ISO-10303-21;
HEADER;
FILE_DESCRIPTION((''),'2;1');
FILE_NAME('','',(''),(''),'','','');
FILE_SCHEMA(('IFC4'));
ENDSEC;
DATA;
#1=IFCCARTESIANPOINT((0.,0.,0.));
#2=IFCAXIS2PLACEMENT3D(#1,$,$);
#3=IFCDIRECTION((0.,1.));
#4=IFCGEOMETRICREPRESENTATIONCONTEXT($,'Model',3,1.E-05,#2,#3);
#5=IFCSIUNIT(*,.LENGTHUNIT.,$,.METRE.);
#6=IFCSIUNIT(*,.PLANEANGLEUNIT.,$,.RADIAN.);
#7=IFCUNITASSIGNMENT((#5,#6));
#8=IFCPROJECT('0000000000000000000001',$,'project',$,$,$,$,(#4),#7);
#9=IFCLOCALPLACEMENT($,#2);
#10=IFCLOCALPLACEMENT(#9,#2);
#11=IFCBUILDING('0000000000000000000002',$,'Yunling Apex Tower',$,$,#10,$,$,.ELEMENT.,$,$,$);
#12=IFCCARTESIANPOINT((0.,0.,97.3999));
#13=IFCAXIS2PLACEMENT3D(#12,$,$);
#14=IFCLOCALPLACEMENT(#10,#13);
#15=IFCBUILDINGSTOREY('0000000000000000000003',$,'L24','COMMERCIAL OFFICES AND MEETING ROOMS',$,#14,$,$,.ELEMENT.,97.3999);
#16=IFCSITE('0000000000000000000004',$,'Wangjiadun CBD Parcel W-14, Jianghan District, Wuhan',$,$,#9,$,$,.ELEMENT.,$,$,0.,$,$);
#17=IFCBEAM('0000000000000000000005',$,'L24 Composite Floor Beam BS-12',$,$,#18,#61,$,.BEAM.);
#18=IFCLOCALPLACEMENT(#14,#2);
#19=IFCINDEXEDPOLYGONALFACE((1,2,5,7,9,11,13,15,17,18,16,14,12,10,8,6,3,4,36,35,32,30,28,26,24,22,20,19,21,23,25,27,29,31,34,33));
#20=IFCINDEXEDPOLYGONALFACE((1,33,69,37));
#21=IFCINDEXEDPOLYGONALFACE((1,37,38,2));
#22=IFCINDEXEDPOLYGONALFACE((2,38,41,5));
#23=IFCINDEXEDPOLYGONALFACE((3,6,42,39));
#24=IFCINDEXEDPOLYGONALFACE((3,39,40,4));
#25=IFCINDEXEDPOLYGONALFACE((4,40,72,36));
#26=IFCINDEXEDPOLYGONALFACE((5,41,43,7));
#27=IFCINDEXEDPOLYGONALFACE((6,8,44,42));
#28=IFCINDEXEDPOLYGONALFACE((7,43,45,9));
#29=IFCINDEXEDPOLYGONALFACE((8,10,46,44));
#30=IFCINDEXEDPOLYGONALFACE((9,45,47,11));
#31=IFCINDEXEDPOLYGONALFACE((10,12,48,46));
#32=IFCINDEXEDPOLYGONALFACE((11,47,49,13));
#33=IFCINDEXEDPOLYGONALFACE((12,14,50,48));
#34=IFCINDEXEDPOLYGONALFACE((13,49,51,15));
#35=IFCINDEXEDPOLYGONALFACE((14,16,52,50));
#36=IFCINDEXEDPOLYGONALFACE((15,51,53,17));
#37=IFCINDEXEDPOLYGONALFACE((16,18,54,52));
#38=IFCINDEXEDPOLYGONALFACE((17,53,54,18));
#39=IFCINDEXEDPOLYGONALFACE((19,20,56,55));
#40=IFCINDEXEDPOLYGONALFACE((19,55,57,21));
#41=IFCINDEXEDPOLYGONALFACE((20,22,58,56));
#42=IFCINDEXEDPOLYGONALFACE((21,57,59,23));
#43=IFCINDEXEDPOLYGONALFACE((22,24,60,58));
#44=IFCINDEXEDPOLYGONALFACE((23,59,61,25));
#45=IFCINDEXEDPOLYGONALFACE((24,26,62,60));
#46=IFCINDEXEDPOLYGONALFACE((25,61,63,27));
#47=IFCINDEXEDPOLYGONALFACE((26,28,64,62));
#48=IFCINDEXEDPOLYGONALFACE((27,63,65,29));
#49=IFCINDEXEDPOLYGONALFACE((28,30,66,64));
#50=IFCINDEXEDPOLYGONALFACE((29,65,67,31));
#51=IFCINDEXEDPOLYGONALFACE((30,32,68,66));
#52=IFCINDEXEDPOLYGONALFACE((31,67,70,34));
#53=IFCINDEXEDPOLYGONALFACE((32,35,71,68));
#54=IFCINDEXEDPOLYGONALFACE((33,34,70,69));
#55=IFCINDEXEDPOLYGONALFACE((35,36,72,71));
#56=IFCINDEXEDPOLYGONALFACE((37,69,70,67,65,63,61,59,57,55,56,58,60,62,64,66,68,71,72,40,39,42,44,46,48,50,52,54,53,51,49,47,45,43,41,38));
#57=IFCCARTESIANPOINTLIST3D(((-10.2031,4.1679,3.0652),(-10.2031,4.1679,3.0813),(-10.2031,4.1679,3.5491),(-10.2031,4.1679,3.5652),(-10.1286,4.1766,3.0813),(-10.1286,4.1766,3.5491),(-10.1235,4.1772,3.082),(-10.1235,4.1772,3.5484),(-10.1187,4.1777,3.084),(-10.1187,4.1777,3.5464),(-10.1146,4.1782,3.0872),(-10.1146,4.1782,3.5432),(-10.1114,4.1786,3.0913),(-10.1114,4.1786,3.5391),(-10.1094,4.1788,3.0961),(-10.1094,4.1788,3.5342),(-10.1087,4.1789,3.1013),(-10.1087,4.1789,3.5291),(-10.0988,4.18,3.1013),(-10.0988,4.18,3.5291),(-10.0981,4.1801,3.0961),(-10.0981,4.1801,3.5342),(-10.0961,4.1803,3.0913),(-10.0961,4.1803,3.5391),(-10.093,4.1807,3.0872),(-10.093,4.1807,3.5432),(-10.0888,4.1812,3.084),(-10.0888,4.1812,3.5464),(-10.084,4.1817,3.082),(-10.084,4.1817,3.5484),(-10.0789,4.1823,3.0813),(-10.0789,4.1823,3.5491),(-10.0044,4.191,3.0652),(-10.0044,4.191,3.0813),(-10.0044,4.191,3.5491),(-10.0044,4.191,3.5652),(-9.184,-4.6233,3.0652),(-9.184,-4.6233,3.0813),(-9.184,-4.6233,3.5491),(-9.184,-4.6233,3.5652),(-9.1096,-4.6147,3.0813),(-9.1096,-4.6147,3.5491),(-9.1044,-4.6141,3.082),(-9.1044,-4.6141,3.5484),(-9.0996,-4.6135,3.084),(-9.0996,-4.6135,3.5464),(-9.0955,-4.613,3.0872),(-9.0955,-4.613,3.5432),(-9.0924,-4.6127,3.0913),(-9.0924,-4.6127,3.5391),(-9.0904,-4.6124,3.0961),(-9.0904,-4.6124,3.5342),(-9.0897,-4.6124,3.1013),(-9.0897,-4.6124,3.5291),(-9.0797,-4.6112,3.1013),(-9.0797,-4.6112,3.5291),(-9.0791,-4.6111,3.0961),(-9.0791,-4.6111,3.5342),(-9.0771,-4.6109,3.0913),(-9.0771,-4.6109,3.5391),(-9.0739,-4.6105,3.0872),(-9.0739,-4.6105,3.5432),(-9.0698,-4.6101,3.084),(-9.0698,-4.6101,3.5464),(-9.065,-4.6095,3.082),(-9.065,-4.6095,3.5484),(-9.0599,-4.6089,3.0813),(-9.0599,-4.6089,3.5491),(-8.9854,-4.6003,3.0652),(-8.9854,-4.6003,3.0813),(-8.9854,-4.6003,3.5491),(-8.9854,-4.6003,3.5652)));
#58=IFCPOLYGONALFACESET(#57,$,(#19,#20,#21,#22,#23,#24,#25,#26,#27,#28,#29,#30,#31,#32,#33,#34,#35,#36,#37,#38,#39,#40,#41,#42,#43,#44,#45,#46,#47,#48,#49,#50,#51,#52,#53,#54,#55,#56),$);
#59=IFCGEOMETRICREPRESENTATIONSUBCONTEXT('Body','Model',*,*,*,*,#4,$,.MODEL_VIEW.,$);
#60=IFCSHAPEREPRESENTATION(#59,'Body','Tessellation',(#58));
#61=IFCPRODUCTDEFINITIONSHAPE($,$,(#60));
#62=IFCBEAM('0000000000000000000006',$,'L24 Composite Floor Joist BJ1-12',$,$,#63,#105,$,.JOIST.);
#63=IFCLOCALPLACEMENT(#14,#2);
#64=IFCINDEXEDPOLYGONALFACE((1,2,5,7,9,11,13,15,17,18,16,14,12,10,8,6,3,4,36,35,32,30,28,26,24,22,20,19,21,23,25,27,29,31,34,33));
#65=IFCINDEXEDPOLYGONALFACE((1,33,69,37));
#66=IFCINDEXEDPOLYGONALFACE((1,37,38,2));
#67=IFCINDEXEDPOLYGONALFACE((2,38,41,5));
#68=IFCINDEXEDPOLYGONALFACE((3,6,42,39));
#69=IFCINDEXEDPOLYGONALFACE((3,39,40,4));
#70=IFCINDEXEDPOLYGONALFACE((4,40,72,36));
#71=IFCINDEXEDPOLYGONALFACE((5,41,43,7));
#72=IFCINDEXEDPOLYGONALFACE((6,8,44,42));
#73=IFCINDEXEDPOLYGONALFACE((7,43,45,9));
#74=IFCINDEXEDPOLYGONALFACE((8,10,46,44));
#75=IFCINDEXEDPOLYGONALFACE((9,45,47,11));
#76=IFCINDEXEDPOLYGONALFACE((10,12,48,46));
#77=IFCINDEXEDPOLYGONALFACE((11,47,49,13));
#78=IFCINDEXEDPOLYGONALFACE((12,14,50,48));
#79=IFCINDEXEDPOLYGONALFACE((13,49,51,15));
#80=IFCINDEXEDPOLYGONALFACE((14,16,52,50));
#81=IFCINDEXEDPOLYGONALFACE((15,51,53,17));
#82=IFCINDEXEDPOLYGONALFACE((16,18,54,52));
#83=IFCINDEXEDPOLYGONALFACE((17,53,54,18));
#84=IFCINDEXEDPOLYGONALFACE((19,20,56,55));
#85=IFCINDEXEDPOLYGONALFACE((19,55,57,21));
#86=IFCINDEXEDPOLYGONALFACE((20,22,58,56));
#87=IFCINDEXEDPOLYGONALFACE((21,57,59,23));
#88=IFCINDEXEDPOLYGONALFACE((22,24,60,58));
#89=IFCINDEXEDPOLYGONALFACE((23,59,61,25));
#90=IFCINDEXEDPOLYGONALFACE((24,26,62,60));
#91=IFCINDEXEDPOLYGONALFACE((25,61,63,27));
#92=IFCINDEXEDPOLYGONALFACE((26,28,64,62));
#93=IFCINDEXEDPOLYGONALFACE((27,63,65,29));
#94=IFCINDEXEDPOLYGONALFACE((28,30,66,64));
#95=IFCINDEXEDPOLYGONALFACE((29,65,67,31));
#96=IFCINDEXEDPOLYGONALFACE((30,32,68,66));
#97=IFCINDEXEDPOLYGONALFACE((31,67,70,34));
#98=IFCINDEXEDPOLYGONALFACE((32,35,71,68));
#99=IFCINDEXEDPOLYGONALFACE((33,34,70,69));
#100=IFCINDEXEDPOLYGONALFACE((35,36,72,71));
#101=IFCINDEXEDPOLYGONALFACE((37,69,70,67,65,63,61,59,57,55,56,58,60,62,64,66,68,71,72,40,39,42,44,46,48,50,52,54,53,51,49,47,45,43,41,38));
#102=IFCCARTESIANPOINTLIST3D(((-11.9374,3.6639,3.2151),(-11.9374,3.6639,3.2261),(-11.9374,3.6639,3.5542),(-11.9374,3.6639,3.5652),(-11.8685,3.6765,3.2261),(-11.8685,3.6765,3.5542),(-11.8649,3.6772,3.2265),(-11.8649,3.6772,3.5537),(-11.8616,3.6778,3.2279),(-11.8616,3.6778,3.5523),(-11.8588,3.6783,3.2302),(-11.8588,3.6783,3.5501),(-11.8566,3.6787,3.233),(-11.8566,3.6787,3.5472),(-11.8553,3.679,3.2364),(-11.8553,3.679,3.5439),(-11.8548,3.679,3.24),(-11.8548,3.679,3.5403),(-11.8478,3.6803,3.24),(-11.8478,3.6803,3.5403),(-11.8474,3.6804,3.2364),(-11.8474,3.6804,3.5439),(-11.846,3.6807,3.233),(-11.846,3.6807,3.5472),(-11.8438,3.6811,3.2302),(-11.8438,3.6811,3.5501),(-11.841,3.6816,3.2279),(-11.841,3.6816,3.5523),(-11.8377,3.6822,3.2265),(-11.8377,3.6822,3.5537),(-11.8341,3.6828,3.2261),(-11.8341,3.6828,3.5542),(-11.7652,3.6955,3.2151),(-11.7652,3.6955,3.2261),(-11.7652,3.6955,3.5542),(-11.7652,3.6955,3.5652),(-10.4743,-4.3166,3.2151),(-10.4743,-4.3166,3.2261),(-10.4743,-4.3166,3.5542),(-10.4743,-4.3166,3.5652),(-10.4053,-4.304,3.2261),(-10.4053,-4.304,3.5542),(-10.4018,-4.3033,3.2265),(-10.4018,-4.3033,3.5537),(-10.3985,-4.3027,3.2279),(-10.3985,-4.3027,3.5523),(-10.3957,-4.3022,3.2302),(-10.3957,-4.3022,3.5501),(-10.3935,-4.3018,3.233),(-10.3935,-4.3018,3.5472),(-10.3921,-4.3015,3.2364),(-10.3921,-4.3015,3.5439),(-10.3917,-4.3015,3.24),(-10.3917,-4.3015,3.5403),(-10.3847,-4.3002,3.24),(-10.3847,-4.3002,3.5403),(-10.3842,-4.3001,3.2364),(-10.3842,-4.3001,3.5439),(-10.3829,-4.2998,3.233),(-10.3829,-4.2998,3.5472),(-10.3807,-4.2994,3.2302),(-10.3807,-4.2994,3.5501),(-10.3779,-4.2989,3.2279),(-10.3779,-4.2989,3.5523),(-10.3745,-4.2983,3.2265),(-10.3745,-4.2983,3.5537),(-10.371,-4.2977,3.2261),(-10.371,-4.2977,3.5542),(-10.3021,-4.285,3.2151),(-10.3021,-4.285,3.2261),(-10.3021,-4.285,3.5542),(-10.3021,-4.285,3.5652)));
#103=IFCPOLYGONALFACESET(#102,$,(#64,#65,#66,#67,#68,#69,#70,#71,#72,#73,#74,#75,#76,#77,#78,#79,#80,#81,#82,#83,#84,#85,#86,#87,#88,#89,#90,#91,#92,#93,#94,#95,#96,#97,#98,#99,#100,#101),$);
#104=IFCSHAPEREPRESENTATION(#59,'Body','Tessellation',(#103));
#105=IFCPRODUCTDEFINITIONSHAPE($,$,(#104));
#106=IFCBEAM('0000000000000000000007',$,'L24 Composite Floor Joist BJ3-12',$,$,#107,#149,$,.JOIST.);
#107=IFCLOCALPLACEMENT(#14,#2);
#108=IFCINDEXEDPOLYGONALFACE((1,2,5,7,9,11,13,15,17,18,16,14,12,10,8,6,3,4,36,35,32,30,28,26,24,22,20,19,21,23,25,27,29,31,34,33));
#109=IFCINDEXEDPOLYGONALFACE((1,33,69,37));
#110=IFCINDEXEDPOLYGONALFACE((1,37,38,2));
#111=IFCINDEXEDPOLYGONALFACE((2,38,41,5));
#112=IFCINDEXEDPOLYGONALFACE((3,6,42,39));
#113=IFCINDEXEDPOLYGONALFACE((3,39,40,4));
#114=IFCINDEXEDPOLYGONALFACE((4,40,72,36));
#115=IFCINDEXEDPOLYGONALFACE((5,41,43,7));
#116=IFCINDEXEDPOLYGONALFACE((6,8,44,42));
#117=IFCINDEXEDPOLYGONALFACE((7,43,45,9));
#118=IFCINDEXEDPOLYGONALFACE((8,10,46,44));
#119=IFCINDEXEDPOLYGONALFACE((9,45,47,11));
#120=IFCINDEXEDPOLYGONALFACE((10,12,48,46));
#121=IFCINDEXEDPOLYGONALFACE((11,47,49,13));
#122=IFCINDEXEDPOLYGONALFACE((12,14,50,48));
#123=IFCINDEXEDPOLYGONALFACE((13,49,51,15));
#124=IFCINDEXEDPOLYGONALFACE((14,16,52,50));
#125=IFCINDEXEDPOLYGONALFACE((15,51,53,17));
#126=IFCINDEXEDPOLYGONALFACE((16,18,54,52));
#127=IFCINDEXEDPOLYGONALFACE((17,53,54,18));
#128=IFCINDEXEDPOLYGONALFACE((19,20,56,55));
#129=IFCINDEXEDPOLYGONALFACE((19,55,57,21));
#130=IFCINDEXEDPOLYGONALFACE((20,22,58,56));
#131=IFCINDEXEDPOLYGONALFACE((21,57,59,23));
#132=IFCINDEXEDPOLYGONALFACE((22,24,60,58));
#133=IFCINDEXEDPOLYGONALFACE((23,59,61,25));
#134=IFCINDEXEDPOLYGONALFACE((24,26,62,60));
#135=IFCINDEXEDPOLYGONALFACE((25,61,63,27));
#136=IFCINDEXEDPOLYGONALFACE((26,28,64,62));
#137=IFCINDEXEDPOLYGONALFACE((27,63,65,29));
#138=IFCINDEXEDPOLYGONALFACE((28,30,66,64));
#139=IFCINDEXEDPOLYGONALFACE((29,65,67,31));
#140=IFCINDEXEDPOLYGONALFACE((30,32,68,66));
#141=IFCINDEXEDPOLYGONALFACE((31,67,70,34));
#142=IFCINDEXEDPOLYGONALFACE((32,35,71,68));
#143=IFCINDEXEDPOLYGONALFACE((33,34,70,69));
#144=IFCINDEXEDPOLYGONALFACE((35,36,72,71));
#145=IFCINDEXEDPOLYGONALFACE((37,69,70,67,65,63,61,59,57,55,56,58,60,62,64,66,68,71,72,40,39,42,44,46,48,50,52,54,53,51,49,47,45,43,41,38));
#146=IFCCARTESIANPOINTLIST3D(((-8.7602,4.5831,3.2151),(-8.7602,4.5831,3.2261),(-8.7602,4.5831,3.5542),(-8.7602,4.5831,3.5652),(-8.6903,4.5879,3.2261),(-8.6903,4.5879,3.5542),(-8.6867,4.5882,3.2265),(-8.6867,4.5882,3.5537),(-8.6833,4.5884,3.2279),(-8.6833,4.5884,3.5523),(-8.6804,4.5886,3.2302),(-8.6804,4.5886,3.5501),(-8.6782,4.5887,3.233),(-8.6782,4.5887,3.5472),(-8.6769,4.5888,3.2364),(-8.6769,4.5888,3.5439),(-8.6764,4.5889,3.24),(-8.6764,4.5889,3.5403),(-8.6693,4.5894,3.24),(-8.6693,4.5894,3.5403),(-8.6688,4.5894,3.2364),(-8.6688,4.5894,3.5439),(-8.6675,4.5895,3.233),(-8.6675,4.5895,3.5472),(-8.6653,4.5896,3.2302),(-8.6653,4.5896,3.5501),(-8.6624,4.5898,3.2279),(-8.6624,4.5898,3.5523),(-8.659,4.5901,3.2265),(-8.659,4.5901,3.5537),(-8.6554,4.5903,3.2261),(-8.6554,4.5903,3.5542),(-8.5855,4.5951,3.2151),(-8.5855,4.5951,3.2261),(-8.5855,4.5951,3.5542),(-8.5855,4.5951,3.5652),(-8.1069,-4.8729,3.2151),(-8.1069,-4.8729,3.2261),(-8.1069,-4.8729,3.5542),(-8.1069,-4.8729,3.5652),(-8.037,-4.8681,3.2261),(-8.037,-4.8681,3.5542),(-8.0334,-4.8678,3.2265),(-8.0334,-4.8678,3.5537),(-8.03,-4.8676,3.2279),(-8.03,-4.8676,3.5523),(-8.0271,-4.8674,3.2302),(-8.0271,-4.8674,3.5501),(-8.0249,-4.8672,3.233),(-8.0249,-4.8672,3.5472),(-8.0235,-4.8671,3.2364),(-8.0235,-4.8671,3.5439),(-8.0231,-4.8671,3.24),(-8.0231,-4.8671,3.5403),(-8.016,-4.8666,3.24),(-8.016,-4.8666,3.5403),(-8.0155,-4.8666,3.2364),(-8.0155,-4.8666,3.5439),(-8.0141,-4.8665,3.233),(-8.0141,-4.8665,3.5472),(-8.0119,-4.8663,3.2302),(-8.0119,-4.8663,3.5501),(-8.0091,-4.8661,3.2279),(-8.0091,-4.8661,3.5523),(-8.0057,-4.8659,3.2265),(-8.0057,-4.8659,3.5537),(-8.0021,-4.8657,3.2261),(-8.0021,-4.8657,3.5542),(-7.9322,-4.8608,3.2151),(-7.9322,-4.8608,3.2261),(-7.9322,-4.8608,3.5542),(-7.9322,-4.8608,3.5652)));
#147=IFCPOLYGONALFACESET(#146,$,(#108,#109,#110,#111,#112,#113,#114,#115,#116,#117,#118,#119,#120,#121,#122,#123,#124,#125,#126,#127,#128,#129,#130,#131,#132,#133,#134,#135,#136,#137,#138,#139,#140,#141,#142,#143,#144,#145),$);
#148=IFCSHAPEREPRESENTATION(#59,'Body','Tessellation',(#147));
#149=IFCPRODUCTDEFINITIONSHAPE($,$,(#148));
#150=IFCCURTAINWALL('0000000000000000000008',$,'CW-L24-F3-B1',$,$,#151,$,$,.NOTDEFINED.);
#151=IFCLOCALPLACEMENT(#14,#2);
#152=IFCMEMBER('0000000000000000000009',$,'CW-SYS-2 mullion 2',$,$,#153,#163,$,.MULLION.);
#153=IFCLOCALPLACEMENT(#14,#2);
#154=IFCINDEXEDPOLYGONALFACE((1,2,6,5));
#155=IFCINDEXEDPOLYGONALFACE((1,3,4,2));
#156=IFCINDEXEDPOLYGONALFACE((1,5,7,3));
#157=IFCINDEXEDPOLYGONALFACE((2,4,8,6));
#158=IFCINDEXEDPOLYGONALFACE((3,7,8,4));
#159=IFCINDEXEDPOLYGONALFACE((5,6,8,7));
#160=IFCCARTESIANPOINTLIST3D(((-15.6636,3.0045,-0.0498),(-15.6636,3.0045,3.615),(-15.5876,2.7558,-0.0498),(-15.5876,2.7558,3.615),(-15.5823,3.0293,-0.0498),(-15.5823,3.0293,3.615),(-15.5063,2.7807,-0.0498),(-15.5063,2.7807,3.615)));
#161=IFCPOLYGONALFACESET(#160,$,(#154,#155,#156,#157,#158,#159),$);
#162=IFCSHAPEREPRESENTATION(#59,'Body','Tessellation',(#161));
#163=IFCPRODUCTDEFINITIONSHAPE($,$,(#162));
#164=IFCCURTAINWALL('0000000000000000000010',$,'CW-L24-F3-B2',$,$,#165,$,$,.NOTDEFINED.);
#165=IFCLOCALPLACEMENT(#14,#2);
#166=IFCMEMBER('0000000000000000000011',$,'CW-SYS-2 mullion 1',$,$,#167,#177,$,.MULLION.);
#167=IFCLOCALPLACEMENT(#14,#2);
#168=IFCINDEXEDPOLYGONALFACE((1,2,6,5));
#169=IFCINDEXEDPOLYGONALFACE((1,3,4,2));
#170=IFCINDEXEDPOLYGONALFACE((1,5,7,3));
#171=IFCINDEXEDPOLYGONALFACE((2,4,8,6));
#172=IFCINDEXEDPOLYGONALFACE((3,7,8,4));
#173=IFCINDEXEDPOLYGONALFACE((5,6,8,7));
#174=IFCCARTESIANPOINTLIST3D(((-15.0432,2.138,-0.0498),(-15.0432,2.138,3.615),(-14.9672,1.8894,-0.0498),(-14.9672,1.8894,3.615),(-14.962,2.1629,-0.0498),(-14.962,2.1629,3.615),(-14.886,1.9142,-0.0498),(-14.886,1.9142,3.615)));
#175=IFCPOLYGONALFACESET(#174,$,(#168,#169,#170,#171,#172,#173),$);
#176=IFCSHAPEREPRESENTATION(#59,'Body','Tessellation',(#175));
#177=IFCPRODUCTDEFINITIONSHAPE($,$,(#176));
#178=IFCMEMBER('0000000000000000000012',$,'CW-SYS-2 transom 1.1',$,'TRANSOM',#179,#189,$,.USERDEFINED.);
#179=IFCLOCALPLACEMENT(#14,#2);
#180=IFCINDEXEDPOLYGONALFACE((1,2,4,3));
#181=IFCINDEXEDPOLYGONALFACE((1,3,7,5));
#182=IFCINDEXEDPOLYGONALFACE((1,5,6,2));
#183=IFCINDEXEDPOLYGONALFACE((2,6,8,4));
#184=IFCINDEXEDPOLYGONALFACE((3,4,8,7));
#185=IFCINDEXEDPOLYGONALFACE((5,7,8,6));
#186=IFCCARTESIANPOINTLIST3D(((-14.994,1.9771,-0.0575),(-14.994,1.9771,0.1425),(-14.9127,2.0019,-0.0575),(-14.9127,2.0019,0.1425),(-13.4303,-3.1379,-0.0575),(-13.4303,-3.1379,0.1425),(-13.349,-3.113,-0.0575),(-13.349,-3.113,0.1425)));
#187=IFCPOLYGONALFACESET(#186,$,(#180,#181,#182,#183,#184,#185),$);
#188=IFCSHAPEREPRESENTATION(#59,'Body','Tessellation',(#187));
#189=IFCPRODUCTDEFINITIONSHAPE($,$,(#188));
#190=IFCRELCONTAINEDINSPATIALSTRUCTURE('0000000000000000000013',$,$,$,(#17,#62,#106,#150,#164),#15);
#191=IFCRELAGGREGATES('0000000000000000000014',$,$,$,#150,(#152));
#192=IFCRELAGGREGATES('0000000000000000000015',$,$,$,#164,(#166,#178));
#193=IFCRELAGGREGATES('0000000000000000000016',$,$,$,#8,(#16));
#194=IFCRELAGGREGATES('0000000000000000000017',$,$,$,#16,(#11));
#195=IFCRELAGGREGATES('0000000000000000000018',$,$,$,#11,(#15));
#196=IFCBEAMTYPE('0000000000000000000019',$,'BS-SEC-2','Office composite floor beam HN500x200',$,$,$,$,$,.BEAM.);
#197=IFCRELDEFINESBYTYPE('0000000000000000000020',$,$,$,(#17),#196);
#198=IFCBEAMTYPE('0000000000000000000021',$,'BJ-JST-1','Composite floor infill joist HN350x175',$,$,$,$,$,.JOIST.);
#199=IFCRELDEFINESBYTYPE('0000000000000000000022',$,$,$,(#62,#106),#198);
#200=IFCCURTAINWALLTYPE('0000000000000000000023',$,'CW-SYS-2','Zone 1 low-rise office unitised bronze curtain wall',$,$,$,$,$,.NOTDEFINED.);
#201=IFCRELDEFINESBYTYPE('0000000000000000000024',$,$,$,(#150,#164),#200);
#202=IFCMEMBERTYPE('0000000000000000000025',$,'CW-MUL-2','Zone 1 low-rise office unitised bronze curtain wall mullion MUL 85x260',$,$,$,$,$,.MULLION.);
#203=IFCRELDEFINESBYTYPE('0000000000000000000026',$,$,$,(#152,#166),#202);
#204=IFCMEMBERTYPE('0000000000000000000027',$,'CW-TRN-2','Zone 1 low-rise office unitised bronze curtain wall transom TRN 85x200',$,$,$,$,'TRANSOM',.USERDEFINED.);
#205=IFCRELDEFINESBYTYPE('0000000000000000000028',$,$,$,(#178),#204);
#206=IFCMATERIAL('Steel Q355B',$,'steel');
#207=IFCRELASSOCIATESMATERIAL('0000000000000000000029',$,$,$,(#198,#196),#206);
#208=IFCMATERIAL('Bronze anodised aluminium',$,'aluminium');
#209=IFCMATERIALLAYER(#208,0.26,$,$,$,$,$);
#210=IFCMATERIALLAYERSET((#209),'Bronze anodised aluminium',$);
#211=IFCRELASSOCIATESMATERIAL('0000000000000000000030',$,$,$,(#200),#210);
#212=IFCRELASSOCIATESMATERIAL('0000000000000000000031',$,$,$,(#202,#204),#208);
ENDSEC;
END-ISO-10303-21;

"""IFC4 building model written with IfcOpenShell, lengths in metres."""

from ifc_helpers import new_model, si_unit, direction, frame, origin, origin_2d, place, context, subcontext, project, spatial, rectangle, i_section, extrude, source, transform, mapped, material, layer, layer_set, material_profile, profile_set, type_object, element, aggregate, save


model = new_model("IFC4")

# Units and contexts
model_context = context("Model", 3, precision=1e-05, world=origin(), true_north=direction((0.0, 1.0)))
body_context = subcontext(model_context, "Body", "Model", "MODEL_VIEW")
ifc_project = project(units=[si_unit("LENGTHUNIT", "METRE"), si_unit("PLANEANGLEUNIT", "RADIAN")], contexts=[model_context])

# Site, building, storey
site_placement = place(None, origin())
site = spatial("IfcSite", under=ifc_project, at=site_placement, Name="Wangjiadun CBD Parcel W-14, Jianghan District, Wuhan", CompositionType="ELEMENT", RefElevation=0.0)
building_placement = place(site_placement, origin())
building = spatial("IfcBuilding", under=site, at=building_placement, Name="Yunling Apex Tower", CompositionType="ELEMENT")
storey_placement = place(building_placement, frame((0.0, 0.0, 97.3999)))
storey = spatial("IfcBuildingStorey", under=building, at=storey_placement, Name="L24", Description="COMMERCIAL OFFICES AND MEETING ROOMS", CompositionType="ELEMENT", Elevation=97.3999)

# Beams
ifc_material_1 = material(Name="Steel Q355B", Category="steel")
ifc_material_profile_1 = material_profile(ifc_material_1, i_section(OverallWidth=0.175, OverallDepth=0.3501, WebThickness=0.0071, FlangeThickness=0.011, FilletRadius=0.0139, at=origin_2d()))
ifc_profile_set_1 = profile_set([ifc_material_profile_1], Name="Steel Q355B")
beam_type_1 = type_object("IfcBeamType", Name="BJ-JST-1", Description="Composite floor infill joist HN350x175", PredefinedType="JOIST", material=ifc_profile_set_1)
ifc_material_profile_2 = material_profile(ifc_material_1, i_section(OverallWidth=0.2, OverallDepth=0.5, WebThickness=0.01, FlangeThickness=0.0161, FilletRadius=0.02, at=origin_2d()))
ifc_profile_set_2 = profile_set([ifc_material_profile_2], Name="Steel Q355B")
beam_type_2 = type_object("IfcBeamType", Name="BS-SEC-2", Description="Office composite floor beam HN500x200", PredefinedType="BEAM", material=ifc_profile_set_2)
shared_shape_1 = source(origin(), body_context, "Body", "SweptSolid", [
    extrude(i_section(OverallWidth=0.2, OverallDepth=0.5, WebThickness=0.01, FlangeThickness=0.0161, FilletRadius=0.02, at=origin_2d()), origin(), (0.0, 0.0, 1.0), 8.8501),
])
beam_1_placement = place(storey_placement, frame((-10.1038, 4.1794, 3.3152), z_axis=(0.115144, -0.993349, 0.0), x_axis=(0.993349, 0.115144, 0.0)))
element("IfcBeam", 1, at=beam_1_placement, inside=storey, type_object=beam_type_2, Name="L24 Composite Floor Beam BS-12", PredefinedType="BEAM", context=body_context, shape_type="MappedRepresentation", body=[
    mapped(shared_shape_1, transform((0.0, 0.0, 0.0), scale=1.0)),
])
shared_shape_2 = source(origin(), body_context, "Body", "SweptSolid", [
    extrude(i_section(OverallWidth=0.175, OverallDepth=0.3501, WebThickness=0.0071, FlangeThickness=0.011, FilletRadius=0.0139, at=origin_2d()), origin(), (0.0, 0.0, 1.0), 8.1135),
])
beam_2_placement = place(storey_placement, frame((-11.8513, 3.6797, 3.3901), z_axis=(0.180334, -0.983605, 0.0), x_axis=(0.983605, 0.180334, 0.0)))
element("IfcBeam", 2, at=beam_2_placement, inside=storey, type_object=beam_type_1, Name="L24 Composite Floor Joist BJ1-12", PredefinedType="JOIST", context=body_context, shape_type="MappedRepresentation", body=[
    mapped(shared_shape_2, transform((0.0, 0.0, 0.0), scale=1.0)),
])
shared_shape_3 = source(origin(), body_context, "Body", "SweptSolid", [
    extrude(i_section(OverallWidth=0.175, OverallDepth=0.3501, WebThickness=0.0071, FlangeThickness=0.011, FilletRadius=0.0139, at=origin_2d()), origin(), (0.0, 0.0, 1.0), 9.4785),
])
beam_3_placement = place(storey_placement, frame((-8.6729, 4.5891, 3.3901), z_axis=(0.068926, -0.997622, 0.0), x_axis=(0.997622, 0.068926, 0.0)))
element("IfcBeam", 3, at=beam_3_placement, inside=storey, type_object=beam_type_1, Name="L24 Composite Floor Joist BJ3-12", PredefinedType="JOIST", context=body_context, shape_type="MappedRepresentation", body=[
    mapped(shared_shape_3, transform((0.0, 0.0, 0.0), scale=1.0)),
])

# Curtain wall, member
ifc_material_2 = material(Name="Bronze anodised aluminium", Category="aluminium")
ifc_layer_1 = layer(ifc_material_2, 0.26)
ifc_layer_set_1 = layer_set([ifc_layer_1], Name="Bronze anodised aluminium")
curtain_wall_type = type_object("IfcCurtainWallType", Name="CW-SYS-2", Description="Zone 1 low-rise office unitised bronze curtain wall", PredefinedType="NOTDEFINED", material=ifc_layer_set_1)
curtain_wall_1_placement = place(storey_placement, origin())
curtain_wall_1 = element("IfcCurtainWall", 4, at=curtain_wall_1_placement, inside=storey, type_object=curtain_wall_type, Name="CW-L24-F3-B1", PredefinedType="NOTDEFINED")
ifc_material_profile_3 = material_profile(ifc_material_2, rectangle(XDim=0.085, YDim=0.26, at=origin_2d()))
ifc_profile_set_3 = profile_set([ifc_material_profile_3], Name="Bronze anodised aluminium")
member_type_1 = type_object("IfcMemberType", Name="CW-MUL-2", Description="Zone 1 low-rise office unitised bronze curtain wall mullion MUL 85x260", PredefinedType="MULLION", material=ifc_profile_set_3)
shared_shape_4 = source(origin(), body_context, "Body", "SweptSolid", [
    extrude(rectangle(XDim=0.085, YDim=0.26, at=origin_2d()), origin(), (0.0, 0.0, 1.0), 3.6648),
])
member_1_placement = place(storey_placement, frame((-15.585, 2.8926, -0.0498), z_axis=(0.0, 0.0, 1.0), x_axis=(0.956304, 0.292373, 0.0)))
member_1 = element("IfcMember", 5, at=member_1_placement, type_object=member_type_1, Name="CW-SYS-2 mullion 2", PredefinedType="MULLION", context=body_context, shape_type="MappedRepresentation", body=[
    mapped(shared_shape_4, transform((0.0, 0.0, 0.0), scale=1.0)),
])

# Curtain wall, members
curtain_wall_2_placement = place(storey_placement, origin())
curtain_wall_2 = element("IfcCurtainWall", 6, at=curtain_wall_2_placement, inside=storey, type_object=curtain_wall_type, Name="CW-L24-F3-B2", PredefinedType="NOTDEFINED")
member_2_placement = place(storey_placement, frame((-14.9646, 2.0261, -0.0498), z_axis=(0.0, 0.0, 1.0), x_axis=(0.956307, 0.292364, 0.0)))
member_2 = element("IfcMember", 7, at=member_2_placement, type_object=member_type_1, Name="CW-SYS-2 mullion 1", PredefinedType="MULLION", context=body_context, shape_type="MappedRepresentation", body=[
    mapped(shared_shape_4, transform((0.0, 0.0, 0.0), scale=1.0)),
])
ifc_material_profile_4 = material_profile(ifc_material_2, rectangle(XDim=0.085, YDim=0.2, at=origin_2d()))
ifc_profile_set_4 = profile_set([ifc_material_profile_4], Name="Bronze anodised aluminium")
member_type_2 = type_object("IfcMemberType", Name="CW-TRN-2", Description="Zone 1 low-rise office unitised bronze curtain wall transom TRN 85x200", ElementType="TRANSOM", PredefinedType="USERDEFINED", material=ifc_profile_set_4)
shared_shape_5 = source(origin(), body_context, "Body", "SweptSolid", [
    extrude(rectangle(XDim=0.085, YDim=0.2, at=origin_2d()), origin(), (0.0, 0.0, 1.0), 5.3486),
])
member_3_placement = place(storey_placement, frame((-14.9534, 1.9895, 0.0425), z_axis=(0.292357, -0.956309, 0.0), x_axis=(0.956309, 0.292357, 0.0)))
member_3 = element("IfcMember", 8, at=member_3_placement, type_object=member_type_2, Name="CW-SYS-2 transom 1.1", ObjectType="TRANSOM", PredefinedType="USERDEFINED", context=body_context, shape_type="MappedRepresentation", body=[
    mapped(shared_shape_5, transform((0.0, 0.0, 0.0), scale=1.0)),
])

aggregate(curtain_wall_1, [member_1])
aggregate(curtain_wall_2, [member_2, member_3])

save(model, "model.ifc")
